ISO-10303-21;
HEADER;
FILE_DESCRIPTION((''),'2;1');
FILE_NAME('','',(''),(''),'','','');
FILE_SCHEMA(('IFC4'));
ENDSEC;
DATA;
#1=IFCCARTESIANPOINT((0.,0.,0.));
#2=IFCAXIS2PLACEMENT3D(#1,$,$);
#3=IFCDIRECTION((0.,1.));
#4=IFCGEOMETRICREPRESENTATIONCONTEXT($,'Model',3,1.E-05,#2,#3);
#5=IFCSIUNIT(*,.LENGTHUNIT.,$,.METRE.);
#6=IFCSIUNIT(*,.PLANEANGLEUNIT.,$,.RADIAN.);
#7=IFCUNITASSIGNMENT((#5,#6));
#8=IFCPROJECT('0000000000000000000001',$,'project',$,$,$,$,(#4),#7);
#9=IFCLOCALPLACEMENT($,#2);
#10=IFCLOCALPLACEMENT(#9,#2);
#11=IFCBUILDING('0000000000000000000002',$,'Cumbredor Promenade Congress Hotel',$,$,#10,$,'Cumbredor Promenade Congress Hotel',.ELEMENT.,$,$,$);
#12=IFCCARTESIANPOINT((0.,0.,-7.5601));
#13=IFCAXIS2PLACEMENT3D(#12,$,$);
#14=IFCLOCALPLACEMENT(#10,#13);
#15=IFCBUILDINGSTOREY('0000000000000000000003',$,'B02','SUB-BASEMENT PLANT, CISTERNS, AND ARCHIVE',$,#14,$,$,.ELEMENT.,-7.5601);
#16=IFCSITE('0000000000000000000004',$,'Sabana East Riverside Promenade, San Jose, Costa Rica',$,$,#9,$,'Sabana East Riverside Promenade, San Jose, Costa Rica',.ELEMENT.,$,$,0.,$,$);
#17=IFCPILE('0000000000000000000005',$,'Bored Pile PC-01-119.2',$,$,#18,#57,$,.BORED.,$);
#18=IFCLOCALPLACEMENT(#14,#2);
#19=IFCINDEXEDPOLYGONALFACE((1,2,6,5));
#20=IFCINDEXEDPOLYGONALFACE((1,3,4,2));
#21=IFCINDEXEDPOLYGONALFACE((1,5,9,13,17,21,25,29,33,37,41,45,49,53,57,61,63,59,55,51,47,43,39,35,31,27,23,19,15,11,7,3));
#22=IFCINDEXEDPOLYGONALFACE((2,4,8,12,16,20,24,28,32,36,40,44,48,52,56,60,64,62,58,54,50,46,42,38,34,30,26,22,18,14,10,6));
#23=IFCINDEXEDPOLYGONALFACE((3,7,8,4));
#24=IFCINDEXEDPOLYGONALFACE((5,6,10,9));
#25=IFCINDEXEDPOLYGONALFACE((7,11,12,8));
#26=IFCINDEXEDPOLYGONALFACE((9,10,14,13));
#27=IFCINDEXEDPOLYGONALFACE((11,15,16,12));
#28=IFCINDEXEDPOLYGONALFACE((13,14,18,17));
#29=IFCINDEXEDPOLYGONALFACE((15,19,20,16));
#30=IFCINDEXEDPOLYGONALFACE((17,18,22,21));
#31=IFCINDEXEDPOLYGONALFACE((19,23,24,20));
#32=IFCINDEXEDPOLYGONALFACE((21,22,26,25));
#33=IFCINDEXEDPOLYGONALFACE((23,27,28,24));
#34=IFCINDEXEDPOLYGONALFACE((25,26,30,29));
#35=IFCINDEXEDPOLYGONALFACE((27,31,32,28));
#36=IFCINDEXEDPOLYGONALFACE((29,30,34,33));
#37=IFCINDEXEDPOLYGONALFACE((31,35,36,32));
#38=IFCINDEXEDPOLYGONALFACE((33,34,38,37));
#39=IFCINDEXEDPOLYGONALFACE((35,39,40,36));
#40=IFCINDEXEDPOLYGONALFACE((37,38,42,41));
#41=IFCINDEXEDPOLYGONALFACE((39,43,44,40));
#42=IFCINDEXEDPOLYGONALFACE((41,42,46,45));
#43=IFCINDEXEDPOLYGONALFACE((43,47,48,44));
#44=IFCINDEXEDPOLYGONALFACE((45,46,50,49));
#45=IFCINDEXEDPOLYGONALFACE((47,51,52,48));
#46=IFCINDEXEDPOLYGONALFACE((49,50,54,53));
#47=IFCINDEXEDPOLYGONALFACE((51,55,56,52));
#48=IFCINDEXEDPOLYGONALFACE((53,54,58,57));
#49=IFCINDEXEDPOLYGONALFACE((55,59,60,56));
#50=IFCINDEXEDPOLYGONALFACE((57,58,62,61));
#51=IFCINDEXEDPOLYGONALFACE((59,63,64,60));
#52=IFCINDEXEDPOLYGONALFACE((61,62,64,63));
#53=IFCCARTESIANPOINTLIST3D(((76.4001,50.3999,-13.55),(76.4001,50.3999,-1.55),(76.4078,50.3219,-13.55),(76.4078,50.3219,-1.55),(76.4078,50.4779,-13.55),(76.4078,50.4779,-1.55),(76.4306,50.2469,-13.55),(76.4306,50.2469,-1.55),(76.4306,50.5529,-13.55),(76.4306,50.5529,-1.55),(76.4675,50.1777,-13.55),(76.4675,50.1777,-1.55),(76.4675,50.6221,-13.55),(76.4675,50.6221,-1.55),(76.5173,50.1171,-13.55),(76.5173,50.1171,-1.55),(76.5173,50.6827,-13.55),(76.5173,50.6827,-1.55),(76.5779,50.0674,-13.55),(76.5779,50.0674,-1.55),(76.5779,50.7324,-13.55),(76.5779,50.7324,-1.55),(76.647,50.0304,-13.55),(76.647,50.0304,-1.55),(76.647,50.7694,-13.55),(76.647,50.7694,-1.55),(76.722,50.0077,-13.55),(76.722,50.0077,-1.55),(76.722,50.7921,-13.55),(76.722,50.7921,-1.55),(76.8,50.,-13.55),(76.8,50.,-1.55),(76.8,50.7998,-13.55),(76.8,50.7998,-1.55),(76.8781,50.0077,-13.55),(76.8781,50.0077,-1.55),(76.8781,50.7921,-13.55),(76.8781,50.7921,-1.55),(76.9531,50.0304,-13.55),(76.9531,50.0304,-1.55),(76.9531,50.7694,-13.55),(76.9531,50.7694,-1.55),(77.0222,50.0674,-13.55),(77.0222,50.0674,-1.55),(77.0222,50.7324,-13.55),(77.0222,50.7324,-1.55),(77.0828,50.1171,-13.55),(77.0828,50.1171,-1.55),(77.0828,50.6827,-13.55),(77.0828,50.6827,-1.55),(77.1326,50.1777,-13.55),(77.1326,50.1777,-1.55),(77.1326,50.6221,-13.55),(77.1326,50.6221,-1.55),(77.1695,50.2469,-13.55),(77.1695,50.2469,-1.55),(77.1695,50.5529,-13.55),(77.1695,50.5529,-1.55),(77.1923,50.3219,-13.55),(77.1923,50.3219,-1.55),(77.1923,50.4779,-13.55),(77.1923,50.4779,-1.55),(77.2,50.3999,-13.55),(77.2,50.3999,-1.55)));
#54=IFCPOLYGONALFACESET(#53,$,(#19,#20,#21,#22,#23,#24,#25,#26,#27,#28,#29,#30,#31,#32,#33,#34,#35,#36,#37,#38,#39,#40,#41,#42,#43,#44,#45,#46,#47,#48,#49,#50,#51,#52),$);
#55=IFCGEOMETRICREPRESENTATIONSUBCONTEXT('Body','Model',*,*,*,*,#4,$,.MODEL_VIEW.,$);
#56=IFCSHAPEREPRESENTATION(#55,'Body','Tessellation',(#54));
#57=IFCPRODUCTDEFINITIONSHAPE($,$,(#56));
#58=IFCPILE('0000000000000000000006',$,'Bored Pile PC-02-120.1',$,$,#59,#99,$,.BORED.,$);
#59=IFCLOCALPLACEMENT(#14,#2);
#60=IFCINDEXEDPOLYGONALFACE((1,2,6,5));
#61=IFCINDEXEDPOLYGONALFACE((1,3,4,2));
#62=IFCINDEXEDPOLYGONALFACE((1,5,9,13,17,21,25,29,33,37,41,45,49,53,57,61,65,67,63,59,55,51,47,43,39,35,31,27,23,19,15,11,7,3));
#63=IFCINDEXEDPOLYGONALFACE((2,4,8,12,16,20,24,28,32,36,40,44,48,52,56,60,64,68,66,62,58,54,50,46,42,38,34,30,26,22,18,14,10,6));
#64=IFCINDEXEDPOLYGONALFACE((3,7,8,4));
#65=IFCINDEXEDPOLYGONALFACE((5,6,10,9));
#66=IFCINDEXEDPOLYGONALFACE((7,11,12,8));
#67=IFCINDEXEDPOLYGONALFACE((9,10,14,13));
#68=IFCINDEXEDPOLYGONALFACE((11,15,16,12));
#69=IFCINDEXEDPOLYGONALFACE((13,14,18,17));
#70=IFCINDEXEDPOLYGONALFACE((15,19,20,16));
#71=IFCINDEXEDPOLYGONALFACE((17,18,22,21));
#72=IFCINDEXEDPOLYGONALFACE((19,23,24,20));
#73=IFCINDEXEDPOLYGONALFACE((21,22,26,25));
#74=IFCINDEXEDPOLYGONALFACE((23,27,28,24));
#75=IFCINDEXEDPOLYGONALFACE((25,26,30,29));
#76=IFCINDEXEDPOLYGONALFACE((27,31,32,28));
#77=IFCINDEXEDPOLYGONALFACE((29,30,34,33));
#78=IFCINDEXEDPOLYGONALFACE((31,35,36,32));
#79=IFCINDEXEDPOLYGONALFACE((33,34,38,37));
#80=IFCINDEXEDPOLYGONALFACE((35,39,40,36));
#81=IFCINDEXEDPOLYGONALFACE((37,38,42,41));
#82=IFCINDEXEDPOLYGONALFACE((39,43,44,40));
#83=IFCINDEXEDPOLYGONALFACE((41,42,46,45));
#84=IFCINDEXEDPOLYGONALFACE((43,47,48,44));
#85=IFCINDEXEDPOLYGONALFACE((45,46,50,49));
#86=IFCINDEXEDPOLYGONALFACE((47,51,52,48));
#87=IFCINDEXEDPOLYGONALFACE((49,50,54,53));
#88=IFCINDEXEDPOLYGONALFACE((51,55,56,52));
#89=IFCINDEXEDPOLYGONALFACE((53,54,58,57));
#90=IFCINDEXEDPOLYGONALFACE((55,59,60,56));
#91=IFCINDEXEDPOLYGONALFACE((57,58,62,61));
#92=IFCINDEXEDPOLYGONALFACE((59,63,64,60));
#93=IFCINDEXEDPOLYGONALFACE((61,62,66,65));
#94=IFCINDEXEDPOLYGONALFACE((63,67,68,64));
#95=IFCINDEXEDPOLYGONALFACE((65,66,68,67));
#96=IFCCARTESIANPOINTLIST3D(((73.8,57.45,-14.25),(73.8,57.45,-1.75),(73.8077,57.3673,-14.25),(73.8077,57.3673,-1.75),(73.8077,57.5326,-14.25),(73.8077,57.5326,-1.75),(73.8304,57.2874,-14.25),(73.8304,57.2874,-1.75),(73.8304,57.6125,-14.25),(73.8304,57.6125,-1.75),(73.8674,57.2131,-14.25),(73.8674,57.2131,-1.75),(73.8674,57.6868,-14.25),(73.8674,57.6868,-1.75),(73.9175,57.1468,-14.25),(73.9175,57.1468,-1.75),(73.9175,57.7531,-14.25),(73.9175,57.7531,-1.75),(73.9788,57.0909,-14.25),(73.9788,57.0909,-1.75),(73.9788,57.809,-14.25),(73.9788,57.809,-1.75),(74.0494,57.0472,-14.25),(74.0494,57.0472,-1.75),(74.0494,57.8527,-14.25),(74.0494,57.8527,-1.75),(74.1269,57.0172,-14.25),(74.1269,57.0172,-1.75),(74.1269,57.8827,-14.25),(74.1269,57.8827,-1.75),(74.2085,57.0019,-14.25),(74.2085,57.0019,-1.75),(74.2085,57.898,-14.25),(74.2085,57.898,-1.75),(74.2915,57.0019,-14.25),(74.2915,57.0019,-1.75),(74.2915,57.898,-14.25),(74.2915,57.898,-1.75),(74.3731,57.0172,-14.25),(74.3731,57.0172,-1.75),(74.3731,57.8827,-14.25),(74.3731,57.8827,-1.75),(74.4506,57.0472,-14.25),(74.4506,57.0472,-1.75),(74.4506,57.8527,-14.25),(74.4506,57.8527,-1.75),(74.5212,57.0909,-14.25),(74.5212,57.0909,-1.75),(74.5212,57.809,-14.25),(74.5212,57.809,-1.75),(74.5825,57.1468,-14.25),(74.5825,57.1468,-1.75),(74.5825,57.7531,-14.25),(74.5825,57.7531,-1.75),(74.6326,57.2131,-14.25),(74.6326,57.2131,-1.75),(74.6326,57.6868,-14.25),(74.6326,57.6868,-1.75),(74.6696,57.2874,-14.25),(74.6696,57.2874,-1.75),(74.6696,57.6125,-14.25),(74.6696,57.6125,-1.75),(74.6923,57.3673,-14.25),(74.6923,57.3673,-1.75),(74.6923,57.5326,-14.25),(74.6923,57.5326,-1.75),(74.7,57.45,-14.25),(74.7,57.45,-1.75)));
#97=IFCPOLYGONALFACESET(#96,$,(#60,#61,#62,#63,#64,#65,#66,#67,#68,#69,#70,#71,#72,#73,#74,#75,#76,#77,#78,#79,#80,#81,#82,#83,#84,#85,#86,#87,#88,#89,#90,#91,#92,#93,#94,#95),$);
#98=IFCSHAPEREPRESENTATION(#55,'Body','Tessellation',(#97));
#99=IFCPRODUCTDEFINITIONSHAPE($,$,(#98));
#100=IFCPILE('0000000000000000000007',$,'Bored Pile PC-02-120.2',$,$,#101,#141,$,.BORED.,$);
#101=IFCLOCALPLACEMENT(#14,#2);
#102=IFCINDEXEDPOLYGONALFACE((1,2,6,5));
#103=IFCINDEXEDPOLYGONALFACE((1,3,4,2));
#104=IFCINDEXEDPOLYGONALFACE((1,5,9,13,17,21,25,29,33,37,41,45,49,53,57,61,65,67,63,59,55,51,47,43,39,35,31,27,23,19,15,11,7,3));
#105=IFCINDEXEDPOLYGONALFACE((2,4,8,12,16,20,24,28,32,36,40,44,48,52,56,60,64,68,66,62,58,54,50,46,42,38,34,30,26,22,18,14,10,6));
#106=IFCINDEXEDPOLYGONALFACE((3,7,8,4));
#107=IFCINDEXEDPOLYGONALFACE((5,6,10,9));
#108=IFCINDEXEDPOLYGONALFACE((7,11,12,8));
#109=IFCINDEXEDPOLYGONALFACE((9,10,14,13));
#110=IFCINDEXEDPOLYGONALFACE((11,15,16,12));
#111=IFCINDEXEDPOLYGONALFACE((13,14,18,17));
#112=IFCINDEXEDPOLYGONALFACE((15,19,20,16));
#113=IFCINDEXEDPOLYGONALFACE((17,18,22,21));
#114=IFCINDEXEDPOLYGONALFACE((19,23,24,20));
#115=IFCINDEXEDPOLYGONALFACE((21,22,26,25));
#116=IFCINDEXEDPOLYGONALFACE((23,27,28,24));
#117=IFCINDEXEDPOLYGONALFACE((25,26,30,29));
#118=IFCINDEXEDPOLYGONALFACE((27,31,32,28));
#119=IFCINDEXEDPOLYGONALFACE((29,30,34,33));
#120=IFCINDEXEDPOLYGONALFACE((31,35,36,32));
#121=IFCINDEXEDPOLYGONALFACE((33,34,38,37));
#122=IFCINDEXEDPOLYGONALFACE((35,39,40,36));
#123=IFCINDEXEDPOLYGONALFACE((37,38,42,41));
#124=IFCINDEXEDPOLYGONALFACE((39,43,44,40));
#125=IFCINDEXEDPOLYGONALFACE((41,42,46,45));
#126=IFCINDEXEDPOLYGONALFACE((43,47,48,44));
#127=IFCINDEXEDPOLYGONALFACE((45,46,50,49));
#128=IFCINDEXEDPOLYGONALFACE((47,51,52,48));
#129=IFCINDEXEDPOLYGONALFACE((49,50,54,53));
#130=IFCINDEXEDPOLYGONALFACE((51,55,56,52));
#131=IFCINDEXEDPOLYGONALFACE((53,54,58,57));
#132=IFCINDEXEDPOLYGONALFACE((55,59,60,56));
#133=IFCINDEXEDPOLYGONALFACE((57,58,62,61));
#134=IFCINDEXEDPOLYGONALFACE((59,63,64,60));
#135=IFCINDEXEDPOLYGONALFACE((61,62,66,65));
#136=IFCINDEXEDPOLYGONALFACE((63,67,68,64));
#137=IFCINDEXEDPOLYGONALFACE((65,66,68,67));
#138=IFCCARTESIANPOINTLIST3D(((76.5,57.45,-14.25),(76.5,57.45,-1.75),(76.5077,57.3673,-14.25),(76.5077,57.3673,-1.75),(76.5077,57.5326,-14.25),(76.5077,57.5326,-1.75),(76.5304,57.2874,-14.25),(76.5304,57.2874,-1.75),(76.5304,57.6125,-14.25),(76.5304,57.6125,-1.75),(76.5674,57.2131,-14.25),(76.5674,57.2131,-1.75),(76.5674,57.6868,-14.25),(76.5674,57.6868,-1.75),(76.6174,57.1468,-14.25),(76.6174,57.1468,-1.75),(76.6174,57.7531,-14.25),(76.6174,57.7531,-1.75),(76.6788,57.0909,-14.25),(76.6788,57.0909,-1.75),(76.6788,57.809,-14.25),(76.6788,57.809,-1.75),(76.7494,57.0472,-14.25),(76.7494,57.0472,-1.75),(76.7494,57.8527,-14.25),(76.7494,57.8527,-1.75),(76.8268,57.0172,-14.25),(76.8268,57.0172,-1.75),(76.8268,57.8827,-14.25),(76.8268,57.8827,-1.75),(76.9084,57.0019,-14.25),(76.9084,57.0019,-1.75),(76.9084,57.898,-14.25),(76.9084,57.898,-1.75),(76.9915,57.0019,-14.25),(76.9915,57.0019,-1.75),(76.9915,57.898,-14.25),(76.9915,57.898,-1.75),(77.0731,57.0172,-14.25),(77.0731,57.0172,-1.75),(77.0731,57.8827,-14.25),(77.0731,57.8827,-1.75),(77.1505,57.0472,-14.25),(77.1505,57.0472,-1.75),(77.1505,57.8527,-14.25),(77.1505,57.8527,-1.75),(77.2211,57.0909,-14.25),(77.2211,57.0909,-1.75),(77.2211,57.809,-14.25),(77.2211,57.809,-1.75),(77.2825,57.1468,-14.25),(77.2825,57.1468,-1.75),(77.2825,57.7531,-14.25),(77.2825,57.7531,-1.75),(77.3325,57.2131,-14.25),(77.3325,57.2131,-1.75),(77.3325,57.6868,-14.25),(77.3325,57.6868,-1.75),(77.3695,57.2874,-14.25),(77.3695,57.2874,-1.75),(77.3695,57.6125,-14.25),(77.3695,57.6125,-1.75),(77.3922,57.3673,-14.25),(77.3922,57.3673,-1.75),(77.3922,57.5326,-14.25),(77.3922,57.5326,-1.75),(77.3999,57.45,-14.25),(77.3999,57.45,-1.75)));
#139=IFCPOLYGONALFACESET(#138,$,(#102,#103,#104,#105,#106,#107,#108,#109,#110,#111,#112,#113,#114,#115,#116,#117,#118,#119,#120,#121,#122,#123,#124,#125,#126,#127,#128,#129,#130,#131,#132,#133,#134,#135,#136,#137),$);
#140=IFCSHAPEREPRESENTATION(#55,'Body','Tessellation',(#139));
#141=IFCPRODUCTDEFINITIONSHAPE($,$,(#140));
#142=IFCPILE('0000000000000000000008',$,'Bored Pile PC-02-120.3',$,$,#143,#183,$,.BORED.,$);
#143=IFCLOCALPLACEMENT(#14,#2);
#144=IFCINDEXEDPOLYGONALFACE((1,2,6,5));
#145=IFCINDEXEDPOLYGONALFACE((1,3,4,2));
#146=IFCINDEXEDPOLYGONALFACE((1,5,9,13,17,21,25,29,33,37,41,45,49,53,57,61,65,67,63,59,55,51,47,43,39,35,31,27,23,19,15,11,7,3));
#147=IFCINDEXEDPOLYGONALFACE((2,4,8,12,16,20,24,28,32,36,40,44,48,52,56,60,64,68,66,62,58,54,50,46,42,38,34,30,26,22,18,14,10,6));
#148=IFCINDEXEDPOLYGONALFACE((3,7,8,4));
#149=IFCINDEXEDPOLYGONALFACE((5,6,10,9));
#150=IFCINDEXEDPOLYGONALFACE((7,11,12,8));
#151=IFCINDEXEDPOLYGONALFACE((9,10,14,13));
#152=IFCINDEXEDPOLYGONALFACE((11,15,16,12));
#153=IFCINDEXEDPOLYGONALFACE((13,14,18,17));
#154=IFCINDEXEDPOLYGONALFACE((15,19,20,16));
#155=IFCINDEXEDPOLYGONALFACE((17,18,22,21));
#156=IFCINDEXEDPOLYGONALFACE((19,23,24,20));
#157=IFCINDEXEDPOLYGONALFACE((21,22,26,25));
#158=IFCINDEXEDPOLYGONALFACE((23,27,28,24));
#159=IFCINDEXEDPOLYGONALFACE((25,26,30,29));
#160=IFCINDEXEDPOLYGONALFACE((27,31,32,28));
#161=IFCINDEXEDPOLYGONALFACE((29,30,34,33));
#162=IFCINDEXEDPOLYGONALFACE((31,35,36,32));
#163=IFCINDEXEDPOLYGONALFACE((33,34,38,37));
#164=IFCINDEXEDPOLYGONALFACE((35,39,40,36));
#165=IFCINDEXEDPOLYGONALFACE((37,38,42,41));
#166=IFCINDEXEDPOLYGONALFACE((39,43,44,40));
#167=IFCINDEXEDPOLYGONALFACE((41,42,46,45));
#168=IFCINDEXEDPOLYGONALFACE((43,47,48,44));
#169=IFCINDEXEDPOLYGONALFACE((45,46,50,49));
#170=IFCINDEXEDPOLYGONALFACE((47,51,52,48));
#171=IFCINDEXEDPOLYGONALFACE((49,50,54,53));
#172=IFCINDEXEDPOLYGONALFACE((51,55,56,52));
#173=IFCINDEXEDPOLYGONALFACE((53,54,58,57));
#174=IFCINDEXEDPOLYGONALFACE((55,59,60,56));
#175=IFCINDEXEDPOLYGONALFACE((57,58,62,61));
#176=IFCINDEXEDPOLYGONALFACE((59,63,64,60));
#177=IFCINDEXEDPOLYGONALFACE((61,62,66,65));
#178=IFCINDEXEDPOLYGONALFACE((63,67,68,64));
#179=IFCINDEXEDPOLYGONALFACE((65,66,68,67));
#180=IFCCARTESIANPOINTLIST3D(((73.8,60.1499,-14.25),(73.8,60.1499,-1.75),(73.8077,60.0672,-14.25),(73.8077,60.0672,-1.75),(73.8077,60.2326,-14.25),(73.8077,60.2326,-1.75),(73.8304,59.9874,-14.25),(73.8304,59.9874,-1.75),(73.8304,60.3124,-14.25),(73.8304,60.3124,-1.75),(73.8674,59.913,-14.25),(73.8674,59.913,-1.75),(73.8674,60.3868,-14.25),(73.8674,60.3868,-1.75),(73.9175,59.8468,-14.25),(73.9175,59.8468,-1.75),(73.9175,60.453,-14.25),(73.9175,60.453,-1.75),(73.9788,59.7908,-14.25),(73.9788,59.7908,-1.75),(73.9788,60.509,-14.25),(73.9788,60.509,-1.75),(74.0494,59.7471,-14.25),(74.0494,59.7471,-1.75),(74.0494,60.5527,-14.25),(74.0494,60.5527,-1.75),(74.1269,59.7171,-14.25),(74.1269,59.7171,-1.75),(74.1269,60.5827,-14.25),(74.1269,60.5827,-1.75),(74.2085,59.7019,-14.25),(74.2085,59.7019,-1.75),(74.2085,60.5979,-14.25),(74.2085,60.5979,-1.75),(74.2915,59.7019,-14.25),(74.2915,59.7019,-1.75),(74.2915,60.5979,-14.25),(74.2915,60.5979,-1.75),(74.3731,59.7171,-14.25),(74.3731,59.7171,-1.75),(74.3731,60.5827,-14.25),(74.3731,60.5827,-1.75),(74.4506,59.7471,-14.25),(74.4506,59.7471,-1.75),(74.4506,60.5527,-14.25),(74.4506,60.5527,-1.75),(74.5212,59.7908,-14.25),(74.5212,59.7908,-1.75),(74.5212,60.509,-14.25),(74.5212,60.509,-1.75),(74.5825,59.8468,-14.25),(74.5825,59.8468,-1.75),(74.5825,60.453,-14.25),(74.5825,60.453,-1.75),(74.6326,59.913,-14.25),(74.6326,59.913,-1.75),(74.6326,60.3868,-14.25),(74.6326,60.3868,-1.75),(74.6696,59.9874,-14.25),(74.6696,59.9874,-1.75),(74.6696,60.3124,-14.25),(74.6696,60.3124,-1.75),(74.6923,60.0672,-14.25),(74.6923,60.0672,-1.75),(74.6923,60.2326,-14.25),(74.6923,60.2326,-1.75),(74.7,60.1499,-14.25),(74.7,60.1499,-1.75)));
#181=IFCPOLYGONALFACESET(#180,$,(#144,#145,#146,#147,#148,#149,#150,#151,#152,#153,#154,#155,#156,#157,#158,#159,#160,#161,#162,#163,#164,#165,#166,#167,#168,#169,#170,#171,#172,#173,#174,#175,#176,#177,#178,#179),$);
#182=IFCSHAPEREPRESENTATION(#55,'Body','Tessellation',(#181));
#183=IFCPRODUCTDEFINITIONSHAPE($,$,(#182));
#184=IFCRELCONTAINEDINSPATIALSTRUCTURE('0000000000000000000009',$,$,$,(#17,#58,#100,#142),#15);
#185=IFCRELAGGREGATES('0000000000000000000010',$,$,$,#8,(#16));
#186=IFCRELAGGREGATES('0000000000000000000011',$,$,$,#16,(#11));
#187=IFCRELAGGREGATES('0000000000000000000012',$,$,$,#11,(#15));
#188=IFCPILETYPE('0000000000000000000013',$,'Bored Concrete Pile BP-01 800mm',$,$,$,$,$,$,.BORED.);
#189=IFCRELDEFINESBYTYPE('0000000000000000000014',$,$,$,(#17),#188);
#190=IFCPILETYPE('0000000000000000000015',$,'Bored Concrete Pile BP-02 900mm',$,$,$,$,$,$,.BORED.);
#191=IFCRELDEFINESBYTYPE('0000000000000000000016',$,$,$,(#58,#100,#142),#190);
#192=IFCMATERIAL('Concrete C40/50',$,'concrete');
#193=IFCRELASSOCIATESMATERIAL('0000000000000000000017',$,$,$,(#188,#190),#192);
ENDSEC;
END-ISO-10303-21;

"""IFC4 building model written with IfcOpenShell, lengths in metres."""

from ifc_helpers import new_model, si_unit, direction, frame, origin, origin_2d, place, context, subcontext, project, spatial, circle, extrude, material, material_profile, profile_set, type_object, element, save


model = new_model("IFC4")

# Units and contexts
model_context = context("Model", 3, precision=1e-05, world=origin(), true_north=direction((0.0, 1.0)))
body_context = subcontext(model_context, "Body", "Model", "MODEL_VIEW")
ifc_project = project(units=[si_unit("LENGTHUNIT", "METRE"), si_unit("PLANEANGLEUNIT", "RADIAN")], contexts=[model_context])

# Site, building, storey
site_placement = place(None, origin())
site = spatial("IfcSite", under=ifc_project, at=site_placement, Name="Sabana East Riverside Promenade, San Jose, Costa Rica", LongName="Sabana East Riverside Promenade, San Jose, Costa Rica", CompositionType="ELEMENT", RefElevation=0.0)
building_placement = place(site_placement, origin())
building = spatial("IfcBuilding", under=site, at=building_placement, Name="Cumbredor Promenade Congress Hotel", LongName="Cumbredor Promenade Congress Hotel", CompositionType="ELEMENT")
storey_placement = place(building_placement, frame((0.0, 0.0, -7.5601)))
storey = spatial("IfcBuildingStorey", under=building, at=storey_placement, Name="B02", Description="SUB-BASEMENT PLANT, CISTERNS, AND ARCHIVE", CompositionType="ELEMENT", Elevation=-7.5601)

# Piles
ifc_material_1 = material(Name="Concrete C40/50", Category="concrete")
ifc_material_profile_1 = material_profile(ifc_material_1, circle(Radius=0.3999, at=origin_2d()), Name="PILE D800")
ifc_profile_set_1 = profile_set([ifc_material_profile_1], Name="Concrete C40/50")
pile_type_1 = type_object("IfcPileType", Name="Bored Concrete Pile BP-01 800mm", PredefinedType="BORED", material=ifc_profile_set_1)
pile_placement = place(storey_placement, frame((76.8, 50.3999, -1.55), z_axis=(0.0, 0.0, -1.0), x_axis=(1.0, 0.0, 0.0)))
element("IfcPile", 1, at=pile_placement, inside=storey, type_object=pile_type_1, Name="Bored Pile PC-01-119.2", PredefinedType="BORED", context=body_context, shape_type="SweptSolid", body=[
    extrude(circle(Radius=0.3999, at=origin_2d()), origin(), (0.0, 0.0, 1.0), 12.0),
])
ifc_material_profile_2 = material_profile(ifc_material_1, circle(Radius=0.45, at=origin_2d()), Name="PILE D900")
ifc_profile_set_2 = profile_set([ifc_material_profile_2], Name="Concrete C40/50")
pile_type_2 = type_object("IfcPileType", Name="Bored Concrete Pile BP-02 900mm", PredefinedType="BORED", material=ifc_profile_set_2)
for number, where, z_axis, x_axis, name in (
    (2, (74.25, 57.45, -1.75), (0.0, 0.0, -1.0), (1.0, 0.0, 0.0), "Bored Pile PC-02-120.1"),
    (3, (76.95, 57.45, -1.75), (0.0, 0.0, -1.0), (1.0, 0.0, 0.0), "Bored Pile PC-02-120.2"),
    (4, (74.25, 60.1499, -1.75), (0.0, 0.0, -1.0), (1.0, 0.0, 0.0), "Bored Pile PC-02-120.3"),
):
    element("IfcPile", number, at=place(storey_placement, frame(where, z_axis=z_axis, x_axis=x_axis)), inside=storey, type_object=pile_type_2, Name=name, PredefinedType="BORED", context=body_context, shape_type="SweptSolid", body=[
        extrude(circle(Radius=0.45, at=origin_2d()), origin(), (0.0, 0.0, 1.0), 12.5),
    ])

save(model, "model.ifc")
